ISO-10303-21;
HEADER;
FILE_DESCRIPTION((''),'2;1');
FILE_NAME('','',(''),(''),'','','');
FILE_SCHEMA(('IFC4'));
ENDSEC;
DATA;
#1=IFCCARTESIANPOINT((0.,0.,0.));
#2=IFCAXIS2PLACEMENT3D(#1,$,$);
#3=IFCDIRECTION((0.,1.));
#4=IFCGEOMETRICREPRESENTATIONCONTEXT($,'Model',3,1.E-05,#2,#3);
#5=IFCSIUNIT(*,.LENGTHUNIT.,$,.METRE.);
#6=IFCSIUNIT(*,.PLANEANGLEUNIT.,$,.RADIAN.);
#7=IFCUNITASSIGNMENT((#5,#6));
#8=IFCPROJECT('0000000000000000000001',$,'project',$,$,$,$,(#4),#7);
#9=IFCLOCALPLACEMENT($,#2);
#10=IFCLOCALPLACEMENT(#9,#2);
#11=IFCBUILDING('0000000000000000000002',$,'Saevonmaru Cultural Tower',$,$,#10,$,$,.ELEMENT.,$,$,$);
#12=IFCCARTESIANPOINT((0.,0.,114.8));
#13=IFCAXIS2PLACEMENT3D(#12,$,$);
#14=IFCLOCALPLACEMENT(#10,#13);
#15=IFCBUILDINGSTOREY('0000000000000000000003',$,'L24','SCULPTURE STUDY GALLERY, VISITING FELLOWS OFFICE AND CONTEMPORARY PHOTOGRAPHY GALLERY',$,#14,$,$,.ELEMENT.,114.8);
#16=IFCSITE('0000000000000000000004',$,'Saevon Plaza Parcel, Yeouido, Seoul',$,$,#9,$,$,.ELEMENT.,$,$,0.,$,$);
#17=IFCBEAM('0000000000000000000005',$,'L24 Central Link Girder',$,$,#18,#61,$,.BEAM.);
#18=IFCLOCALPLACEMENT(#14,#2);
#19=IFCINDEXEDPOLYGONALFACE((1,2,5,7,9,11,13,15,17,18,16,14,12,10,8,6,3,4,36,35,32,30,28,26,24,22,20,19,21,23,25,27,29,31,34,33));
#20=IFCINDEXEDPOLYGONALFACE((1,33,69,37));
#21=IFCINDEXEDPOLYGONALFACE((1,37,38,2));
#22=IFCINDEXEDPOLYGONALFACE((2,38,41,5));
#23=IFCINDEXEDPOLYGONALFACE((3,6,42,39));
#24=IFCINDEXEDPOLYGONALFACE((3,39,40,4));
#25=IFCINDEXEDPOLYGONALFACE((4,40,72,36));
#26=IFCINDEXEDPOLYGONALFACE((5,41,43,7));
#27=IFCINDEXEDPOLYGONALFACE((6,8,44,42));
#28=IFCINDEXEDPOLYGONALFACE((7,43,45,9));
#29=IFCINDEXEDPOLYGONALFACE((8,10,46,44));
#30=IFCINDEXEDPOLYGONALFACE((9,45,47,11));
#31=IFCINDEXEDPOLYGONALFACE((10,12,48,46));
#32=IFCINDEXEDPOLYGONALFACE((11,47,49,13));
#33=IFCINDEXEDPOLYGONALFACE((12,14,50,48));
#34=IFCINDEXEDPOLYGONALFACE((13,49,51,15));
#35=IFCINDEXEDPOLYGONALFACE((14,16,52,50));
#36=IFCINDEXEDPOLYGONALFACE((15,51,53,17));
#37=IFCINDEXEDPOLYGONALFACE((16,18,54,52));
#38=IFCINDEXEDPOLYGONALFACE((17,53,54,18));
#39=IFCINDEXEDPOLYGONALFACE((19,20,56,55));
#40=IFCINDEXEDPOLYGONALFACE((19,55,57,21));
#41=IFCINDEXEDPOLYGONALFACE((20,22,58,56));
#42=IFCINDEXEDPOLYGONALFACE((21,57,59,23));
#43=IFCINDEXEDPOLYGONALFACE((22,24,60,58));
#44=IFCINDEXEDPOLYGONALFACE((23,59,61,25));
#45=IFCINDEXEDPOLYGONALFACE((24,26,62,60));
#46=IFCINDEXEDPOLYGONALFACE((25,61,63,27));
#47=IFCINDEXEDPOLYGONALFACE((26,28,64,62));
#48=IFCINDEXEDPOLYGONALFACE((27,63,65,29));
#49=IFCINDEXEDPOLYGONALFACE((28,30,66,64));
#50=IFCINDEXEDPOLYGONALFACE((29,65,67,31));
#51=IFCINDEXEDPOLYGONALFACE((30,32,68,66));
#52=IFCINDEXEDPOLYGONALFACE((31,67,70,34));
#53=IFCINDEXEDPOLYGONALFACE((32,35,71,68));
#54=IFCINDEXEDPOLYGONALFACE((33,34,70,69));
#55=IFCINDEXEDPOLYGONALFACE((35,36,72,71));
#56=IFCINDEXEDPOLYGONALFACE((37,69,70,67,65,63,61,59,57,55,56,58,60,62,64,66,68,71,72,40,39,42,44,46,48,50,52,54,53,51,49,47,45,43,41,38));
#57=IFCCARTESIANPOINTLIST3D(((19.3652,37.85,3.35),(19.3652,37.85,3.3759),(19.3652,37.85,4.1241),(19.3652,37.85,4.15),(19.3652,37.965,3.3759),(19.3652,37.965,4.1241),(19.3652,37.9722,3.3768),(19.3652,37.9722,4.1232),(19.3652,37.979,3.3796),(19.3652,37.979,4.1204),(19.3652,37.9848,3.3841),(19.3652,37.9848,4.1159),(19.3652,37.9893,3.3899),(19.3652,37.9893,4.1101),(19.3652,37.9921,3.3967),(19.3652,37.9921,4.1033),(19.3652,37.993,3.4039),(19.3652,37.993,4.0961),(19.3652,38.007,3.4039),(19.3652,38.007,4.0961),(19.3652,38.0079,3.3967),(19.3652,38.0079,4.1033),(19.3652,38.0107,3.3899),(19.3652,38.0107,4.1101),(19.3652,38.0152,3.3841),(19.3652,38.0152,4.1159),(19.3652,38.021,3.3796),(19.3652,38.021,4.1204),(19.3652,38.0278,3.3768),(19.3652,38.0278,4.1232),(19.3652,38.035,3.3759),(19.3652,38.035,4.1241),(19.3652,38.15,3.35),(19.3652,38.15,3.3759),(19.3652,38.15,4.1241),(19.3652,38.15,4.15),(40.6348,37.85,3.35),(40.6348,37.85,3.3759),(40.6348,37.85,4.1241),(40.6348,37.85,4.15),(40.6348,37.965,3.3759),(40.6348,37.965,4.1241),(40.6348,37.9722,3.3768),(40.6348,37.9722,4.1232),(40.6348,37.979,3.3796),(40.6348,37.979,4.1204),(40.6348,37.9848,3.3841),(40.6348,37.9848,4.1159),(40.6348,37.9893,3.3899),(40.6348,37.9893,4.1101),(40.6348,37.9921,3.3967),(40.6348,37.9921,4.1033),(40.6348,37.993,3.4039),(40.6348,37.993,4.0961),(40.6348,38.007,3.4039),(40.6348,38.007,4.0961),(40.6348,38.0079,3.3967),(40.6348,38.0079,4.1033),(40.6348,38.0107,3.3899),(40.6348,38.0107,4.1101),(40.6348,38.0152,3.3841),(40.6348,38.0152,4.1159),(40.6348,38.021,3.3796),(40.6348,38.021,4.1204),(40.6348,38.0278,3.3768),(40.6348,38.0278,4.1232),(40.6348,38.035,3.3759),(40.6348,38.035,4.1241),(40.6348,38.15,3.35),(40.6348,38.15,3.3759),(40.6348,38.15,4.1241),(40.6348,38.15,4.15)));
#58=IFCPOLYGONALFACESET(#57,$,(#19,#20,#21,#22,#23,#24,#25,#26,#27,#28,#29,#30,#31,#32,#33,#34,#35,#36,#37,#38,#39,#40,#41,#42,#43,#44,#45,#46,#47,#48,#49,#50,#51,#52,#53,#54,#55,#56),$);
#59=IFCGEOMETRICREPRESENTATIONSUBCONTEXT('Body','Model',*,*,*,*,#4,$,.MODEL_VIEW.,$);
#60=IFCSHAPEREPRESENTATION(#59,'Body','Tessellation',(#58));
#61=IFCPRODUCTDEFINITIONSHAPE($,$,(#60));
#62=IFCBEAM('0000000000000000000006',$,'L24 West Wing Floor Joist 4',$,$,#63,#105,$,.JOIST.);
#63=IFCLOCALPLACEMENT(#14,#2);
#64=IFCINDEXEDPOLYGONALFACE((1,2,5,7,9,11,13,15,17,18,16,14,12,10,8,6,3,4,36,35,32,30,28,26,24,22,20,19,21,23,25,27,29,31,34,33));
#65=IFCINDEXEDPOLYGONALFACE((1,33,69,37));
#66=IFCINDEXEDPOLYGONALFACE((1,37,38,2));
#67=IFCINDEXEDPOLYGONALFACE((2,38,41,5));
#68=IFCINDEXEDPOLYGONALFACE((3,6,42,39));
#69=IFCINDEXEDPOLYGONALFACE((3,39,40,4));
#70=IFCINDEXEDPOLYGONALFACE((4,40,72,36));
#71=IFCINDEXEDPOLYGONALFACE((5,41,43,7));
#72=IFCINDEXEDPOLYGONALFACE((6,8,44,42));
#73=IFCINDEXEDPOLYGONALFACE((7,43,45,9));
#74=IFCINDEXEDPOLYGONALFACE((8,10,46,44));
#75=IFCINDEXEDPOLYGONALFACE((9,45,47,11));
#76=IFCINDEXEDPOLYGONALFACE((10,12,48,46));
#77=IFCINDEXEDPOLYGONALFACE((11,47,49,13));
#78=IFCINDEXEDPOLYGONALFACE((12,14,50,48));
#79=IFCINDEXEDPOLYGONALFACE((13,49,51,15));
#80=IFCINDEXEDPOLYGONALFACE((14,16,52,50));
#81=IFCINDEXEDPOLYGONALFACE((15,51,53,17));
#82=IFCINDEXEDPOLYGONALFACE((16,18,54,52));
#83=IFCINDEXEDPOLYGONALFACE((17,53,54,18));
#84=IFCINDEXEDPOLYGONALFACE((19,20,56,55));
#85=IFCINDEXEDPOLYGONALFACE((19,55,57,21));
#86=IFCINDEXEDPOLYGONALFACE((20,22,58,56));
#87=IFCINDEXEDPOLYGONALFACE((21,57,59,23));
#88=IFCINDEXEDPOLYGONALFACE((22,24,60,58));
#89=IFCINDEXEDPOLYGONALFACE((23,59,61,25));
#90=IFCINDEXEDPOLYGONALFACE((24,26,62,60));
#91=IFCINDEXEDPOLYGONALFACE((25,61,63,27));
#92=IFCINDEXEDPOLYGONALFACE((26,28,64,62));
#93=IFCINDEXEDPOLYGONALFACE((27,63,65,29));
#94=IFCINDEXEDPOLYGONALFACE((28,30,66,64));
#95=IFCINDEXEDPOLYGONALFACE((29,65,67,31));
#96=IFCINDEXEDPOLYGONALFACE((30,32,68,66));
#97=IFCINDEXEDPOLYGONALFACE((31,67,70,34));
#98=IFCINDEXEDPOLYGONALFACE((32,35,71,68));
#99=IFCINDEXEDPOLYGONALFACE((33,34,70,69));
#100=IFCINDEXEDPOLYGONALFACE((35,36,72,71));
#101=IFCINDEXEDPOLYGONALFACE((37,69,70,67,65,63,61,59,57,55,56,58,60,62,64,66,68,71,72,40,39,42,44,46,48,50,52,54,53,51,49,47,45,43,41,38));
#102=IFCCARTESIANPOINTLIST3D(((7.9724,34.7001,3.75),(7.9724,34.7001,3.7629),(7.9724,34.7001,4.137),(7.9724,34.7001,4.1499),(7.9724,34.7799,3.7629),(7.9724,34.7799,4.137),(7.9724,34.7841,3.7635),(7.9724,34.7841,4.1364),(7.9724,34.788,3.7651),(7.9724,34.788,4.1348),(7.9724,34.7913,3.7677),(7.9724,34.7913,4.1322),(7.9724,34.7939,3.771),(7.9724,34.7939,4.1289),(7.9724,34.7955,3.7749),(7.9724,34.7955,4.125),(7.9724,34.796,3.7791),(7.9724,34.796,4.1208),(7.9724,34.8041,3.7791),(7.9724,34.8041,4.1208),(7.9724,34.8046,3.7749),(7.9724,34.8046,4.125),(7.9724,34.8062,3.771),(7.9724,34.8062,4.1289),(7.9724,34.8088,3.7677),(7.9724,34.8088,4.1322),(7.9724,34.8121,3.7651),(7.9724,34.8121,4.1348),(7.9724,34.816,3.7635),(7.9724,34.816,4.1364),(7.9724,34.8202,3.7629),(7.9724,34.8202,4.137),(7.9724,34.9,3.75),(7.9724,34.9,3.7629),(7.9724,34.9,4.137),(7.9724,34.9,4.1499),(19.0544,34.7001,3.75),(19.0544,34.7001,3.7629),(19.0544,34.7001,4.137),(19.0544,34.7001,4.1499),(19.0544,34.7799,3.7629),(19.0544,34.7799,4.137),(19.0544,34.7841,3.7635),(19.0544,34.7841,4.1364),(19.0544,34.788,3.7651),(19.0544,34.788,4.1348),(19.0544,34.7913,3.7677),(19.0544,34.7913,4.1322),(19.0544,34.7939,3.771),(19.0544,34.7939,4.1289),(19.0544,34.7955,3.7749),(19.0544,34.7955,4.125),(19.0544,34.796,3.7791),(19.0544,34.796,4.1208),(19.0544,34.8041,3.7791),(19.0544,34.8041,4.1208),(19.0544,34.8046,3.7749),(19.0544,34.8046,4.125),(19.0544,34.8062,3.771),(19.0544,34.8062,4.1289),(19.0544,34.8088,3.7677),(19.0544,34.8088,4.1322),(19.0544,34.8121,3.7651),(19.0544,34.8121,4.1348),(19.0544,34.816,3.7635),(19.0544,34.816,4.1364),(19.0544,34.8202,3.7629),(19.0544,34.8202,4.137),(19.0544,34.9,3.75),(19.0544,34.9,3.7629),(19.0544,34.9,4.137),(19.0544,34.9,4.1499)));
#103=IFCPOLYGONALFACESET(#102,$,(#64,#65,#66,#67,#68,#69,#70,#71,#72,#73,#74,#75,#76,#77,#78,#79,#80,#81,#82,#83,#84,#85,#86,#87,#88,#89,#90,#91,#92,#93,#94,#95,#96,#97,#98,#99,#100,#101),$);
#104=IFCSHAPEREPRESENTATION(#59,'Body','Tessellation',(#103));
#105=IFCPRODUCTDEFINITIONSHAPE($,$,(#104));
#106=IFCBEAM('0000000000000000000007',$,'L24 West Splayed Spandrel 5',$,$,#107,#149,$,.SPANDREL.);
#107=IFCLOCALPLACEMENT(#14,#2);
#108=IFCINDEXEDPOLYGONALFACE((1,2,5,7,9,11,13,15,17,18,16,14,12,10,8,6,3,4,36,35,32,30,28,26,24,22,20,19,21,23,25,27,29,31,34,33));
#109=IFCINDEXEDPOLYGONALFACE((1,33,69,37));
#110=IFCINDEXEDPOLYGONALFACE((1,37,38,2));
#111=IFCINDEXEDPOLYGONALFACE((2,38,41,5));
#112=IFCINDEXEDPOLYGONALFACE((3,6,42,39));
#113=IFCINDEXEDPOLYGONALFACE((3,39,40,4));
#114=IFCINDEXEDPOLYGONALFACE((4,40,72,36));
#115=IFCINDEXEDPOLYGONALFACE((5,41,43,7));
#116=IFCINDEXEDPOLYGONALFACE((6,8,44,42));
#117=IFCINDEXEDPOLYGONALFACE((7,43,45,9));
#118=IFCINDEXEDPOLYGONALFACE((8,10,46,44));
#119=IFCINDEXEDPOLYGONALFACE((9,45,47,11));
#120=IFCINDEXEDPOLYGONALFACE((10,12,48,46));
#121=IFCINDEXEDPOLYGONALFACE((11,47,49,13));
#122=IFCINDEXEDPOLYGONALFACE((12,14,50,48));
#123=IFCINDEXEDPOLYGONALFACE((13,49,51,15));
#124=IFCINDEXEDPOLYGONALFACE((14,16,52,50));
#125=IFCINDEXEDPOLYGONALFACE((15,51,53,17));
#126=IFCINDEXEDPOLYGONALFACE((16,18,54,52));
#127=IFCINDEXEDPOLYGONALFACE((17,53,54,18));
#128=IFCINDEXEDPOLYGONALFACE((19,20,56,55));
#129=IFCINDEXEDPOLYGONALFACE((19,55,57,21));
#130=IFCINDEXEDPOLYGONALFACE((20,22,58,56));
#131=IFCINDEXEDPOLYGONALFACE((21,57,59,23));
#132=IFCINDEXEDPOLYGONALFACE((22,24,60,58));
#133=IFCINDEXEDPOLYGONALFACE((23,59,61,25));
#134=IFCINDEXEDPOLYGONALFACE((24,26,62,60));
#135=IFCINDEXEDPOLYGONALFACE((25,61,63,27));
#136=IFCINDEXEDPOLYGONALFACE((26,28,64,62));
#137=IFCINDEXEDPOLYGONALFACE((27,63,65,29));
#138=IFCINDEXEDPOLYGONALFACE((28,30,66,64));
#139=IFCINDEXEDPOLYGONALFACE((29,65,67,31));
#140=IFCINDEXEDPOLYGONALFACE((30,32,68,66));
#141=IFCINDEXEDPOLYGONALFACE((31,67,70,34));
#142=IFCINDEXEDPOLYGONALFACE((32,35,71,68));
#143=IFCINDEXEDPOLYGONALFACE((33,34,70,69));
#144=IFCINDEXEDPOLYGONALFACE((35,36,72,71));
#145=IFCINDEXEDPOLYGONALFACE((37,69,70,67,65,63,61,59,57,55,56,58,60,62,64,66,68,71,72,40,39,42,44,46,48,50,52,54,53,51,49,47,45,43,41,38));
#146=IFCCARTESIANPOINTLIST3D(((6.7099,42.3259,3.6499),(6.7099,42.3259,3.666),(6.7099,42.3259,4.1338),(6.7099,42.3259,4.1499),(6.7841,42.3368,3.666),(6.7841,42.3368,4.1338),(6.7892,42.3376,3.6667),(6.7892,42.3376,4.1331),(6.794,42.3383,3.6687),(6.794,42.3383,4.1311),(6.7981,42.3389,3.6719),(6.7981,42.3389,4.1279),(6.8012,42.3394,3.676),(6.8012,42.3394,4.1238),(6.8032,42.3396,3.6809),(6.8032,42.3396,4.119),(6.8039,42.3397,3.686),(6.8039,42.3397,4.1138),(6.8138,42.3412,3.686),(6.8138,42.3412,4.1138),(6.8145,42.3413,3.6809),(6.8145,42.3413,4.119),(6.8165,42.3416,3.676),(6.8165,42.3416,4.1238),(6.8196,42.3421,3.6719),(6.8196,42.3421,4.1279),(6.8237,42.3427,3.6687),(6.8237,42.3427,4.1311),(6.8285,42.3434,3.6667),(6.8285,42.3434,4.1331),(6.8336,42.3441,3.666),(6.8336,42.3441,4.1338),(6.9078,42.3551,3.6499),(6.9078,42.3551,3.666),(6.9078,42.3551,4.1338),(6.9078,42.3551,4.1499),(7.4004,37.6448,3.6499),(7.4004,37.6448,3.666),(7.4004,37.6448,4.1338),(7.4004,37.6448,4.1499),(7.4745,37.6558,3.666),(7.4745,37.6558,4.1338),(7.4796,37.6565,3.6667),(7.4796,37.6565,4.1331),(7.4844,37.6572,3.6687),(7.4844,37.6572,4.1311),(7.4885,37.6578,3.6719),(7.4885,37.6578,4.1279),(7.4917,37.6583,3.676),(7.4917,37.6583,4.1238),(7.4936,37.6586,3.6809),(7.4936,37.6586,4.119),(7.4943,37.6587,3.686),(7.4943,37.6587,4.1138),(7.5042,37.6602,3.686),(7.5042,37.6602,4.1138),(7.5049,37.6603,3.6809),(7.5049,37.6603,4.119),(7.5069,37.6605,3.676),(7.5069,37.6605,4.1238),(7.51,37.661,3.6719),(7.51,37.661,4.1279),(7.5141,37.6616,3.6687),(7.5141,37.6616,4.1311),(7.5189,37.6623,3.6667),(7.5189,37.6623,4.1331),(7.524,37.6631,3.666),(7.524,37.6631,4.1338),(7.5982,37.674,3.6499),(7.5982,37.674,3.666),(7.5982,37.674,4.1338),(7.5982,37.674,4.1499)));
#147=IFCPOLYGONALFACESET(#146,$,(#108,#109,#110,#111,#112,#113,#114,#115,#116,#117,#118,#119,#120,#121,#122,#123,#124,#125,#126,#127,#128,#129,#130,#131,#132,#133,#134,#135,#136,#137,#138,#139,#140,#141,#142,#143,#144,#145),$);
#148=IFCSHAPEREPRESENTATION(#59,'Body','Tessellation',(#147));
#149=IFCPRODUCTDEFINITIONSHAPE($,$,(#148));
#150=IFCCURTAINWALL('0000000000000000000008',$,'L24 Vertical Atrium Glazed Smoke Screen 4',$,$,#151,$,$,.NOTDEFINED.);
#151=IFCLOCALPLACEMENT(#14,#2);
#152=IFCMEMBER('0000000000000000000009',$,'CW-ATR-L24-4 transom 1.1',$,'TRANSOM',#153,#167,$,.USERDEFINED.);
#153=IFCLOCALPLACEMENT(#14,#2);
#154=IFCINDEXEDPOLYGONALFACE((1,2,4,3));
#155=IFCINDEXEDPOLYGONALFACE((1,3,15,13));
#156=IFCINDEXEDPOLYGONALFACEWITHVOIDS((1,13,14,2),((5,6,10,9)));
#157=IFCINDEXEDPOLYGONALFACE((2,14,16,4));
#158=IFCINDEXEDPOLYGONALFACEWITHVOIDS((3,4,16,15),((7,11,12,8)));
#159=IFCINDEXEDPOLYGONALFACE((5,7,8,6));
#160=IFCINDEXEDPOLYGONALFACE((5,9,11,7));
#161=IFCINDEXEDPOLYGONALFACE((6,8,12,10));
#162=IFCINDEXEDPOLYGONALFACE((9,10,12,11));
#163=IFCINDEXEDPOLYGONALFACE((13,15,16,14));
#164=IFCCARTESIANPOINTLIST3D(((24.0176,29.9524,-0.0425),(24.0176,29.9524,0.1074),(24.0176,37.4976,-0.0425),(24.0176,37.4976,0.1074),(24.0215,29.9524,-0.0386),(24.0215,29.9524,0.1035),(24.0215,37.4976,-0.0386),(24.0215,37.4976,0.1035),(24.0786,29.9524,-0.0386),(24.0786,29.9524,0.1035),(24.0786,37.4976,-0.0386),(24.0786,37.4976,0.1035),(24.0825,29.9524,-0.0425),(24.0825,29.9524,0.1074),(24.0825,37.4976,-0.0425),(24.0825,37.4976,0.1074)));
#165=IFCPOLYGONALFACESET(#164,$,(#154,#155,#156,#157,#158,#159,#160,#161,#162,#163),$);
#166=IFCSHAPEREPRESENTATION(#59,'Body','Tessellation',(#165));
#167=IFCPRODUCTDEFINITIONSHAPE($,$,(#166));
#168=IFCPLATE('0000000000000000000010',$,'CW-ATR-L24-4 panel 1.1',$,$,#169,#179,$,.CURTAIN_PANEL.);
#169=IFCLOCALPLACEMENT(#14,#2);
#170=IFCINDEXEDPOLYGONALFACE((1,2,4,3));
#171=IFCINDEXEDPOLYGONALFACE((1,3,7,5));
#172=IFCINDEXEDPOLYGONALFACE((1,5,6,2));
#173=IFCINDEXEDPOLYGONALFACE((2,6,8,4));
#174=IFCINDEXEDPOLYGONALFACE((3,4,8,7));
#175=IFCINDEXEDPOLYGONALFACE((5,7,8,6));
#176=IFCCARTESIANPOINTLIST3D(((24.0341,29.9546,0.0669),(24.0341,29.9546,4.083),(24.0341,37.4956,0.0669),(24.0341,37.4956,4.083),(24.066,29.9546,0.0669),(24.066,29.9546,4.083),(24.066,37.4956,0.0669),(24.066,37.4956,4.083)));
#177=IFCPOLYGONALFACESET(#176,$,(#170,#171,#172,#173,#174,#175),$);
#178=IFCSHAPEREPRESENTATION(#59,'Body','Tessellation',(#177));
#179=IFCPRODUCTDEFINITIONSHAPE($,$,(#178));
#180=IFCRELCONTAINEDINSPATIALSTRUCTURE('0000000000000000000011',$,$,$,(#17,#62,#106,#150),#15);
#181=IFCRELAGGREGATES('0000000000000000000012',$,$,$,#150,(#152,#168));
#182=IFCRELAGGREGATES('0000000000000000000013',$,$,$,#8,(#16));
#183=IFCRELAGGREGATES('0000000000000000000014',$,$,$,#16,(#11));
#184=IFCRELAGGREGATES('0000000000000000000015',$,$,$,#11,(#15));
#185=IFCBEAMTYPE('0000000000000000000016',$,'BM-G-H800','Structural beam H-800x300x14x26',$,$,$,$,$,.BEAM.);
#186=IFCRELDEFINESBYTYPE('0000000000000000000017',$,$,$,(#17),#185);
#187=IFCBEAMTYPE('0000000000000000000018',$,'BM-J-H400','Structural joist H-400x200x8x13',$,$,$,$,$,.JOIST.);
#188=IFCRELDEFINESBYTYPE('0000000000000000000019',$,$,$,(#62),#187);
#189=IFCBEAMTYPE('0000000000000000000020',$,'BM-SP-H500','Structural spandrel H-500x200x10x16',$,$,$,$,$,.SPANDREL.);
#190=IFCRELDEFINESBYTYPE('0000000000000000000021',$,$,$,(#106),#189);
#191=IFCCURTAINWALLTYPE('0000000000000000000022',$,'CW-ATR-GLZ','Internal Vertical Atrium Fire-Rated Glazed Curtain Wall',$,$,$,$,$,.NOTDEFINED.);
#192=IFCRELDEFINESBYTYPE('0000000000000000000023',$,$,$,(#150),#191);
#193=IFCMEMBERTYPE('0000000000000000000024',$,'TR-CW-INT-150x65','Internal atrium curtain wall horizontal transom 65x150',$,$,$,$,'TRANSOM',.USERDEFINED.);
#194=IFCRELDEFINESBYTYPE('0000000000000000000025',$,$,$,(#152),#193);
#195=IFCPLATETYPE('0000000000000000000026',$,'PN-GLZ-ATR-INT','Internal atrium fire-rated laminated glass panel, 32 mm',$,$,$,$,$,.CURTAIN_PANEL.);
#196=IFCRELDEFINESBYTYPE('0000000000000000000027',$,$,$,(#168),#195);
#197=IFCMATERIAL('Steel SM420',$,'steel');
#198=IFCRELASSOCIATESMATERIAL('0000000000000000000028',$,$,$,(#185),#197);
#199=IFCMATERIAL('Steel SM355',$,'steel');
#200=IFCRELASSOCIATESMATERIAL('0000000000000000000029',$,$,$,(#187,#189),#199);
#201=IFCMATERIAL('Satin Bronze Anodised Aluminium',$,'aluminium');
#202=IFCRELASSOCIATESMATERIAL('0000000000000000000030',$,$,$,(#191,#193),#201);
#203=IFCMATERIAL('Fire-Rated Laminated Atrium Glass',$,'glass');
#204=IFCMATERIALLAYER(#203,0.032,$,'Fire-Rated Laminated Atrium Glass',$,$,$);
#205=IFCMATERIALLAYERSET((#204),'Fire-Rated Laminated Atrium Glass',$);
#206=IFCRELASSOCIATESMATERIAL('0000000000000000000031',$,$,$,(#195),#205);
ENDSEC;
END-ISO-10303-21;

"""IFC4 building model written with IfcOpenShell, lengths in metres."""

from ifc_helpers import new_model, si_unit, direction, frame, origin, origin_2d, place, context, subcontext, project, spatial, rectangle, hollow_rectangle, i_section, extrude, material, layer, layer_set, material_profile, profile_set, type_object, element, aggregate, save


model = new_model("IFC4")

# Units and contexts
model_context = context("Model", 3, precision=1e-05, world=origin(), true_north=direction((0.0, 1.0)))
body_context = subcontext(model_context, "Body", "Model", "MODEL_VIEW")
ifc_project = project(units=[si_unit("LENGTHUNIT", "METRE"), si_unit("PLANEANGLEUNIT", "RADIAN")], contexts=[model_context])

# Site, building, storey
site_placement = place(None, origin())
site = spatial("IfcSite", under=ifc_project, at=site_placement, Name="Saevon Plaza Parcel, Yeouido, Seoul", CompositionType="ELEMENT", RefElevation=0.0)
building_placement = place(site_placement, origin())
building = spatial("IfcBuilding", under=site, at=building_placement, Name="Saevonmaru Cultural Tower", CompositionType="ELEMENT")
storey_placement = place(building_placement, frame((0.0, 0.0, 114.8)))
storey = spatial("IfcBuildingStorey", under=building, at=storey_placement, Name="L24", Description="SCULPTURE STUDY GALLERY, VISITING FELLOWS OFFICE AND CONTEMPORARY PHOTOGRAPHY GALLERY", CompositionType="ELEMENT", Elevation=114.8)

# Shared definitions
ifc_material_1 = material(Name="Steel SM420", Category="steel")
ifc_material_2 = material(Name="Steel SM355", Category="steel")

# Beams
ifc_material_profile_1 = material_profile(ifc_material_1, i_section(OverallWidth=0.3, OverallDepth=0.8, WebThickness=0.0139, FlangeThickness=0.0259, FilletRadius=0.0281, at=origin_2d()), Name="H-800x300x14x26")
ifc_profile_set_1 = profile_set([ifc_material_profile_1], Name="Steel SM420")
beam_type_1 = type_object("IfcBeamType", Name="BM-G-H800", Description="Structural beam H-800x300x14x26", PredefinedType="BEAM", material=ifc_profile_set_1)
beam_1_placement = place(storey_placement, frame((19.3652, 38.0, 3.75), z_axis=(1.0, 0.0, 0.0), x_axis=(0.0, 1.0, 0.0)))
element("IfcBeam", 1, at=beam_1_placement, inside=storey, type_object=beam_type_1, Name="L24 Central Link Girder", PredefinedType="BEAM", context=body_context, shape_type="SweptSolid", body=[
    extrude(i_section(OverallWidth=0.3, OverallDepth=0.8, WebThickness=0.0139, FlangeThickness=0.0259, FilletRadius=0.0281, at=origin_2d()), origin(), (0.0, 0.0, 1.0), 21.2695),
])
ifc_material_profile_2 = material_profile(ifc_material_2, i_section(OverallWidth=0.2, OverallDepth=0.3999, WebThickness=0.0081, FlangeThickness=0.0129, FilletRadius=0.0161, at=origin_2d()), Name="H-400x200x8x13")
ifc_profile_set_2 = profile_set([ifc_material_profile_2], Name="Steel SM355")
beam_type_2 = type_object("IfcBeamType", Name="BM-J-H400", Description="Structural joist H-400x200x8x13", PredefinedType="JOIST", material=ifc_profile_set_2)
beam_2_placement = place(storey_placement, frame((7.9724, 34.8, 3.95), z_axis=(1.0, 0.0, 0.0), x_axis=(0.0, 1.0, 0.0)))
element("IfcBeam", 2, at=beam_2_placement, inside=storey, type_object=beam_type_2, Name="L24 West Wing Floor Joist 4", PredefinedType="JOIST", context=body_context, shape_type="SweptSolid", body=[
    extrude(i_section(OverallWidth=0.2, OverallDepth=0.3999, WebThickness=0.0081, FlangeThickness=0.0129, FilletRadius=0.0161, at=origin_2d()), origin(), (0.0, 0.0, 1.0), 11.082),
])
ifc_material_profile_3 = material_profile(ifc_material_2, i_section(OverallWidth=0.2, OverallDepth=0.5, WebThickness=0.01, FlangeThickness=0.0161, FilletRadius=0.02, at=origin_2d()), Name="H-500x200x10x16")
ifc_profile_set_3 = profile_set([ifc_material_profile_3], Name="Steel SM355")
beam_type_3 = type_object("IfcBeamType", Name="BM-SP-H500", Description="Structural spandrel H-500x200x10x16", PredefinedType="SPANDREL", material=ifc_profile_set_3)
beam_3_placement = place(storey_placement, frame((7.4993, 37.6594, 3.8999), z_axis=(-0.145913, 0.989297, 0.0), x_axis=(-0.989297, -0.145913, 0.0)))
element("IfcBeam", 3, at=beam_3_placement, inside=storey, type_object=beam_type_3, Name="L24 West Splayed Spandrel 5", PredefinedType="SPANDREL", context=body_context, shape_type="SweptSolid", body=[
    extrude(i_section(OverallWidth=0.2, OverallDepth=0.5, WebThickness=0.01, FlangeThickness=0.0161, FilletRadius=0.02, at=origin_2d()), origin(), (0.0, 0.0, 1.0), 4.7317),
])

# Curtain wall, member, plate
ifc_material_3 = material(Name="Satin Bronze Anodised Aluminium", Category="aluminium")
curtain_wall_type_1 = type_object("IfcCurtainWallType", Name="CW-ATR-GLZ", Description="Internal Vertical Atrium Fire-Rated Glazed Curtain Wall", PredefinedType="NOTDEFINED", material=ifc_material_3)
curtain_wall_1_placement = place(storey_placement, origin())
curtain_wall_1 = element("IfcCurtainWall", 4, at=curtain_wall_1_placement, inside=storey, type_object=curtain_wall_type_1, Name="L24 Vertical Atrium Glazed Smoke Screen 4", PredefinedType="NOTDEFINED")
ifc_material_profile_4 = material_profile(ifc_material_3, hollow_rectangle(XDim=0.0649, YDim=0.1499, WallThickness=0.0039, at=origin_2d()), Name="ALU-TRAN-150x65x4")
ifc_profile_set_4 = profile_set([ifc_material_profile_4], Name="Satin Bronze Anodised Aluminium")
member_type = type_object("IfcMemberType", Name="TR-CW-INT-150x65", Description="Internal atrium curtain wall horizontal transom 65x150", ElementType="TRANSOM", PredefinedType="USERDEFINED", material=ifc_profile_set_4)
member_placement = place(storey_placement, frame((24.05, 37.4976, 0.0325), z_axis=(0.0, -1.0, 0.0), x_axis=(1.0, 0.0, 0.0)))
member = element("IfcMember", 5, at=member_placement, type_object=member_type, Name="CW-ATR-L24-4 transom 1.1", ObjectType="TRANSOM", PredefinedType="USERDEFINED", context=body_context, shape_type="SweptSolid", body=[
    extrude(hollow_rectangle(XDim=0.0649, YDim=0.1499, WallThickness=0.0039, at=origin_2d()), origin(), (0.0, 0.0, 1.0), 7.5452),
])
ifc_material_4 = material(Name="Fire-Rated Laminated Atrium Glass", Category="glass")
ifc_layer_1 = layer(ifc_material_4, 0.032, Name="Fire-Rated Laminated Atrium Glass")
ifc_layer_set_1 = layer_set([ifc_layer_1], Name="Fire-Rated Laminated Atrium Glass")
plate_type_1 = type_object("IfcPlateType", Name="PN-GLZ-ATR-INT", Description="Internal atrium fire-rated laminated glass panel, 32 mm", PredefinedType="CURTAIN_PANEL", material=ifc_layer_set_1)
plate_1_placement = place(storey_placement, frame((24.05, 33.7251, 0.0669), z_axis=(0.0, 0.0, 1.0), x_axis=(0.0, -1.0, 0.0)))
plate_1 = element("IfcPlate", 6, at=plate_1_placement, type_object=plate_type_1, Name="CW-ATR-L24-4 panel 1.1", PredefinedType="CURTAIN_PANEL", context=body_context, shape_type="SweptSolid", body=[
    extrude(rectangle(XDim=7.541, YDim=0.032, at=origin_2d()), origin(), (0.0, 0.0, 1.0), 4.0161),
])
aggregate(curtain_wall_1, [member, plate_1])

save(model, "model.ifc")
